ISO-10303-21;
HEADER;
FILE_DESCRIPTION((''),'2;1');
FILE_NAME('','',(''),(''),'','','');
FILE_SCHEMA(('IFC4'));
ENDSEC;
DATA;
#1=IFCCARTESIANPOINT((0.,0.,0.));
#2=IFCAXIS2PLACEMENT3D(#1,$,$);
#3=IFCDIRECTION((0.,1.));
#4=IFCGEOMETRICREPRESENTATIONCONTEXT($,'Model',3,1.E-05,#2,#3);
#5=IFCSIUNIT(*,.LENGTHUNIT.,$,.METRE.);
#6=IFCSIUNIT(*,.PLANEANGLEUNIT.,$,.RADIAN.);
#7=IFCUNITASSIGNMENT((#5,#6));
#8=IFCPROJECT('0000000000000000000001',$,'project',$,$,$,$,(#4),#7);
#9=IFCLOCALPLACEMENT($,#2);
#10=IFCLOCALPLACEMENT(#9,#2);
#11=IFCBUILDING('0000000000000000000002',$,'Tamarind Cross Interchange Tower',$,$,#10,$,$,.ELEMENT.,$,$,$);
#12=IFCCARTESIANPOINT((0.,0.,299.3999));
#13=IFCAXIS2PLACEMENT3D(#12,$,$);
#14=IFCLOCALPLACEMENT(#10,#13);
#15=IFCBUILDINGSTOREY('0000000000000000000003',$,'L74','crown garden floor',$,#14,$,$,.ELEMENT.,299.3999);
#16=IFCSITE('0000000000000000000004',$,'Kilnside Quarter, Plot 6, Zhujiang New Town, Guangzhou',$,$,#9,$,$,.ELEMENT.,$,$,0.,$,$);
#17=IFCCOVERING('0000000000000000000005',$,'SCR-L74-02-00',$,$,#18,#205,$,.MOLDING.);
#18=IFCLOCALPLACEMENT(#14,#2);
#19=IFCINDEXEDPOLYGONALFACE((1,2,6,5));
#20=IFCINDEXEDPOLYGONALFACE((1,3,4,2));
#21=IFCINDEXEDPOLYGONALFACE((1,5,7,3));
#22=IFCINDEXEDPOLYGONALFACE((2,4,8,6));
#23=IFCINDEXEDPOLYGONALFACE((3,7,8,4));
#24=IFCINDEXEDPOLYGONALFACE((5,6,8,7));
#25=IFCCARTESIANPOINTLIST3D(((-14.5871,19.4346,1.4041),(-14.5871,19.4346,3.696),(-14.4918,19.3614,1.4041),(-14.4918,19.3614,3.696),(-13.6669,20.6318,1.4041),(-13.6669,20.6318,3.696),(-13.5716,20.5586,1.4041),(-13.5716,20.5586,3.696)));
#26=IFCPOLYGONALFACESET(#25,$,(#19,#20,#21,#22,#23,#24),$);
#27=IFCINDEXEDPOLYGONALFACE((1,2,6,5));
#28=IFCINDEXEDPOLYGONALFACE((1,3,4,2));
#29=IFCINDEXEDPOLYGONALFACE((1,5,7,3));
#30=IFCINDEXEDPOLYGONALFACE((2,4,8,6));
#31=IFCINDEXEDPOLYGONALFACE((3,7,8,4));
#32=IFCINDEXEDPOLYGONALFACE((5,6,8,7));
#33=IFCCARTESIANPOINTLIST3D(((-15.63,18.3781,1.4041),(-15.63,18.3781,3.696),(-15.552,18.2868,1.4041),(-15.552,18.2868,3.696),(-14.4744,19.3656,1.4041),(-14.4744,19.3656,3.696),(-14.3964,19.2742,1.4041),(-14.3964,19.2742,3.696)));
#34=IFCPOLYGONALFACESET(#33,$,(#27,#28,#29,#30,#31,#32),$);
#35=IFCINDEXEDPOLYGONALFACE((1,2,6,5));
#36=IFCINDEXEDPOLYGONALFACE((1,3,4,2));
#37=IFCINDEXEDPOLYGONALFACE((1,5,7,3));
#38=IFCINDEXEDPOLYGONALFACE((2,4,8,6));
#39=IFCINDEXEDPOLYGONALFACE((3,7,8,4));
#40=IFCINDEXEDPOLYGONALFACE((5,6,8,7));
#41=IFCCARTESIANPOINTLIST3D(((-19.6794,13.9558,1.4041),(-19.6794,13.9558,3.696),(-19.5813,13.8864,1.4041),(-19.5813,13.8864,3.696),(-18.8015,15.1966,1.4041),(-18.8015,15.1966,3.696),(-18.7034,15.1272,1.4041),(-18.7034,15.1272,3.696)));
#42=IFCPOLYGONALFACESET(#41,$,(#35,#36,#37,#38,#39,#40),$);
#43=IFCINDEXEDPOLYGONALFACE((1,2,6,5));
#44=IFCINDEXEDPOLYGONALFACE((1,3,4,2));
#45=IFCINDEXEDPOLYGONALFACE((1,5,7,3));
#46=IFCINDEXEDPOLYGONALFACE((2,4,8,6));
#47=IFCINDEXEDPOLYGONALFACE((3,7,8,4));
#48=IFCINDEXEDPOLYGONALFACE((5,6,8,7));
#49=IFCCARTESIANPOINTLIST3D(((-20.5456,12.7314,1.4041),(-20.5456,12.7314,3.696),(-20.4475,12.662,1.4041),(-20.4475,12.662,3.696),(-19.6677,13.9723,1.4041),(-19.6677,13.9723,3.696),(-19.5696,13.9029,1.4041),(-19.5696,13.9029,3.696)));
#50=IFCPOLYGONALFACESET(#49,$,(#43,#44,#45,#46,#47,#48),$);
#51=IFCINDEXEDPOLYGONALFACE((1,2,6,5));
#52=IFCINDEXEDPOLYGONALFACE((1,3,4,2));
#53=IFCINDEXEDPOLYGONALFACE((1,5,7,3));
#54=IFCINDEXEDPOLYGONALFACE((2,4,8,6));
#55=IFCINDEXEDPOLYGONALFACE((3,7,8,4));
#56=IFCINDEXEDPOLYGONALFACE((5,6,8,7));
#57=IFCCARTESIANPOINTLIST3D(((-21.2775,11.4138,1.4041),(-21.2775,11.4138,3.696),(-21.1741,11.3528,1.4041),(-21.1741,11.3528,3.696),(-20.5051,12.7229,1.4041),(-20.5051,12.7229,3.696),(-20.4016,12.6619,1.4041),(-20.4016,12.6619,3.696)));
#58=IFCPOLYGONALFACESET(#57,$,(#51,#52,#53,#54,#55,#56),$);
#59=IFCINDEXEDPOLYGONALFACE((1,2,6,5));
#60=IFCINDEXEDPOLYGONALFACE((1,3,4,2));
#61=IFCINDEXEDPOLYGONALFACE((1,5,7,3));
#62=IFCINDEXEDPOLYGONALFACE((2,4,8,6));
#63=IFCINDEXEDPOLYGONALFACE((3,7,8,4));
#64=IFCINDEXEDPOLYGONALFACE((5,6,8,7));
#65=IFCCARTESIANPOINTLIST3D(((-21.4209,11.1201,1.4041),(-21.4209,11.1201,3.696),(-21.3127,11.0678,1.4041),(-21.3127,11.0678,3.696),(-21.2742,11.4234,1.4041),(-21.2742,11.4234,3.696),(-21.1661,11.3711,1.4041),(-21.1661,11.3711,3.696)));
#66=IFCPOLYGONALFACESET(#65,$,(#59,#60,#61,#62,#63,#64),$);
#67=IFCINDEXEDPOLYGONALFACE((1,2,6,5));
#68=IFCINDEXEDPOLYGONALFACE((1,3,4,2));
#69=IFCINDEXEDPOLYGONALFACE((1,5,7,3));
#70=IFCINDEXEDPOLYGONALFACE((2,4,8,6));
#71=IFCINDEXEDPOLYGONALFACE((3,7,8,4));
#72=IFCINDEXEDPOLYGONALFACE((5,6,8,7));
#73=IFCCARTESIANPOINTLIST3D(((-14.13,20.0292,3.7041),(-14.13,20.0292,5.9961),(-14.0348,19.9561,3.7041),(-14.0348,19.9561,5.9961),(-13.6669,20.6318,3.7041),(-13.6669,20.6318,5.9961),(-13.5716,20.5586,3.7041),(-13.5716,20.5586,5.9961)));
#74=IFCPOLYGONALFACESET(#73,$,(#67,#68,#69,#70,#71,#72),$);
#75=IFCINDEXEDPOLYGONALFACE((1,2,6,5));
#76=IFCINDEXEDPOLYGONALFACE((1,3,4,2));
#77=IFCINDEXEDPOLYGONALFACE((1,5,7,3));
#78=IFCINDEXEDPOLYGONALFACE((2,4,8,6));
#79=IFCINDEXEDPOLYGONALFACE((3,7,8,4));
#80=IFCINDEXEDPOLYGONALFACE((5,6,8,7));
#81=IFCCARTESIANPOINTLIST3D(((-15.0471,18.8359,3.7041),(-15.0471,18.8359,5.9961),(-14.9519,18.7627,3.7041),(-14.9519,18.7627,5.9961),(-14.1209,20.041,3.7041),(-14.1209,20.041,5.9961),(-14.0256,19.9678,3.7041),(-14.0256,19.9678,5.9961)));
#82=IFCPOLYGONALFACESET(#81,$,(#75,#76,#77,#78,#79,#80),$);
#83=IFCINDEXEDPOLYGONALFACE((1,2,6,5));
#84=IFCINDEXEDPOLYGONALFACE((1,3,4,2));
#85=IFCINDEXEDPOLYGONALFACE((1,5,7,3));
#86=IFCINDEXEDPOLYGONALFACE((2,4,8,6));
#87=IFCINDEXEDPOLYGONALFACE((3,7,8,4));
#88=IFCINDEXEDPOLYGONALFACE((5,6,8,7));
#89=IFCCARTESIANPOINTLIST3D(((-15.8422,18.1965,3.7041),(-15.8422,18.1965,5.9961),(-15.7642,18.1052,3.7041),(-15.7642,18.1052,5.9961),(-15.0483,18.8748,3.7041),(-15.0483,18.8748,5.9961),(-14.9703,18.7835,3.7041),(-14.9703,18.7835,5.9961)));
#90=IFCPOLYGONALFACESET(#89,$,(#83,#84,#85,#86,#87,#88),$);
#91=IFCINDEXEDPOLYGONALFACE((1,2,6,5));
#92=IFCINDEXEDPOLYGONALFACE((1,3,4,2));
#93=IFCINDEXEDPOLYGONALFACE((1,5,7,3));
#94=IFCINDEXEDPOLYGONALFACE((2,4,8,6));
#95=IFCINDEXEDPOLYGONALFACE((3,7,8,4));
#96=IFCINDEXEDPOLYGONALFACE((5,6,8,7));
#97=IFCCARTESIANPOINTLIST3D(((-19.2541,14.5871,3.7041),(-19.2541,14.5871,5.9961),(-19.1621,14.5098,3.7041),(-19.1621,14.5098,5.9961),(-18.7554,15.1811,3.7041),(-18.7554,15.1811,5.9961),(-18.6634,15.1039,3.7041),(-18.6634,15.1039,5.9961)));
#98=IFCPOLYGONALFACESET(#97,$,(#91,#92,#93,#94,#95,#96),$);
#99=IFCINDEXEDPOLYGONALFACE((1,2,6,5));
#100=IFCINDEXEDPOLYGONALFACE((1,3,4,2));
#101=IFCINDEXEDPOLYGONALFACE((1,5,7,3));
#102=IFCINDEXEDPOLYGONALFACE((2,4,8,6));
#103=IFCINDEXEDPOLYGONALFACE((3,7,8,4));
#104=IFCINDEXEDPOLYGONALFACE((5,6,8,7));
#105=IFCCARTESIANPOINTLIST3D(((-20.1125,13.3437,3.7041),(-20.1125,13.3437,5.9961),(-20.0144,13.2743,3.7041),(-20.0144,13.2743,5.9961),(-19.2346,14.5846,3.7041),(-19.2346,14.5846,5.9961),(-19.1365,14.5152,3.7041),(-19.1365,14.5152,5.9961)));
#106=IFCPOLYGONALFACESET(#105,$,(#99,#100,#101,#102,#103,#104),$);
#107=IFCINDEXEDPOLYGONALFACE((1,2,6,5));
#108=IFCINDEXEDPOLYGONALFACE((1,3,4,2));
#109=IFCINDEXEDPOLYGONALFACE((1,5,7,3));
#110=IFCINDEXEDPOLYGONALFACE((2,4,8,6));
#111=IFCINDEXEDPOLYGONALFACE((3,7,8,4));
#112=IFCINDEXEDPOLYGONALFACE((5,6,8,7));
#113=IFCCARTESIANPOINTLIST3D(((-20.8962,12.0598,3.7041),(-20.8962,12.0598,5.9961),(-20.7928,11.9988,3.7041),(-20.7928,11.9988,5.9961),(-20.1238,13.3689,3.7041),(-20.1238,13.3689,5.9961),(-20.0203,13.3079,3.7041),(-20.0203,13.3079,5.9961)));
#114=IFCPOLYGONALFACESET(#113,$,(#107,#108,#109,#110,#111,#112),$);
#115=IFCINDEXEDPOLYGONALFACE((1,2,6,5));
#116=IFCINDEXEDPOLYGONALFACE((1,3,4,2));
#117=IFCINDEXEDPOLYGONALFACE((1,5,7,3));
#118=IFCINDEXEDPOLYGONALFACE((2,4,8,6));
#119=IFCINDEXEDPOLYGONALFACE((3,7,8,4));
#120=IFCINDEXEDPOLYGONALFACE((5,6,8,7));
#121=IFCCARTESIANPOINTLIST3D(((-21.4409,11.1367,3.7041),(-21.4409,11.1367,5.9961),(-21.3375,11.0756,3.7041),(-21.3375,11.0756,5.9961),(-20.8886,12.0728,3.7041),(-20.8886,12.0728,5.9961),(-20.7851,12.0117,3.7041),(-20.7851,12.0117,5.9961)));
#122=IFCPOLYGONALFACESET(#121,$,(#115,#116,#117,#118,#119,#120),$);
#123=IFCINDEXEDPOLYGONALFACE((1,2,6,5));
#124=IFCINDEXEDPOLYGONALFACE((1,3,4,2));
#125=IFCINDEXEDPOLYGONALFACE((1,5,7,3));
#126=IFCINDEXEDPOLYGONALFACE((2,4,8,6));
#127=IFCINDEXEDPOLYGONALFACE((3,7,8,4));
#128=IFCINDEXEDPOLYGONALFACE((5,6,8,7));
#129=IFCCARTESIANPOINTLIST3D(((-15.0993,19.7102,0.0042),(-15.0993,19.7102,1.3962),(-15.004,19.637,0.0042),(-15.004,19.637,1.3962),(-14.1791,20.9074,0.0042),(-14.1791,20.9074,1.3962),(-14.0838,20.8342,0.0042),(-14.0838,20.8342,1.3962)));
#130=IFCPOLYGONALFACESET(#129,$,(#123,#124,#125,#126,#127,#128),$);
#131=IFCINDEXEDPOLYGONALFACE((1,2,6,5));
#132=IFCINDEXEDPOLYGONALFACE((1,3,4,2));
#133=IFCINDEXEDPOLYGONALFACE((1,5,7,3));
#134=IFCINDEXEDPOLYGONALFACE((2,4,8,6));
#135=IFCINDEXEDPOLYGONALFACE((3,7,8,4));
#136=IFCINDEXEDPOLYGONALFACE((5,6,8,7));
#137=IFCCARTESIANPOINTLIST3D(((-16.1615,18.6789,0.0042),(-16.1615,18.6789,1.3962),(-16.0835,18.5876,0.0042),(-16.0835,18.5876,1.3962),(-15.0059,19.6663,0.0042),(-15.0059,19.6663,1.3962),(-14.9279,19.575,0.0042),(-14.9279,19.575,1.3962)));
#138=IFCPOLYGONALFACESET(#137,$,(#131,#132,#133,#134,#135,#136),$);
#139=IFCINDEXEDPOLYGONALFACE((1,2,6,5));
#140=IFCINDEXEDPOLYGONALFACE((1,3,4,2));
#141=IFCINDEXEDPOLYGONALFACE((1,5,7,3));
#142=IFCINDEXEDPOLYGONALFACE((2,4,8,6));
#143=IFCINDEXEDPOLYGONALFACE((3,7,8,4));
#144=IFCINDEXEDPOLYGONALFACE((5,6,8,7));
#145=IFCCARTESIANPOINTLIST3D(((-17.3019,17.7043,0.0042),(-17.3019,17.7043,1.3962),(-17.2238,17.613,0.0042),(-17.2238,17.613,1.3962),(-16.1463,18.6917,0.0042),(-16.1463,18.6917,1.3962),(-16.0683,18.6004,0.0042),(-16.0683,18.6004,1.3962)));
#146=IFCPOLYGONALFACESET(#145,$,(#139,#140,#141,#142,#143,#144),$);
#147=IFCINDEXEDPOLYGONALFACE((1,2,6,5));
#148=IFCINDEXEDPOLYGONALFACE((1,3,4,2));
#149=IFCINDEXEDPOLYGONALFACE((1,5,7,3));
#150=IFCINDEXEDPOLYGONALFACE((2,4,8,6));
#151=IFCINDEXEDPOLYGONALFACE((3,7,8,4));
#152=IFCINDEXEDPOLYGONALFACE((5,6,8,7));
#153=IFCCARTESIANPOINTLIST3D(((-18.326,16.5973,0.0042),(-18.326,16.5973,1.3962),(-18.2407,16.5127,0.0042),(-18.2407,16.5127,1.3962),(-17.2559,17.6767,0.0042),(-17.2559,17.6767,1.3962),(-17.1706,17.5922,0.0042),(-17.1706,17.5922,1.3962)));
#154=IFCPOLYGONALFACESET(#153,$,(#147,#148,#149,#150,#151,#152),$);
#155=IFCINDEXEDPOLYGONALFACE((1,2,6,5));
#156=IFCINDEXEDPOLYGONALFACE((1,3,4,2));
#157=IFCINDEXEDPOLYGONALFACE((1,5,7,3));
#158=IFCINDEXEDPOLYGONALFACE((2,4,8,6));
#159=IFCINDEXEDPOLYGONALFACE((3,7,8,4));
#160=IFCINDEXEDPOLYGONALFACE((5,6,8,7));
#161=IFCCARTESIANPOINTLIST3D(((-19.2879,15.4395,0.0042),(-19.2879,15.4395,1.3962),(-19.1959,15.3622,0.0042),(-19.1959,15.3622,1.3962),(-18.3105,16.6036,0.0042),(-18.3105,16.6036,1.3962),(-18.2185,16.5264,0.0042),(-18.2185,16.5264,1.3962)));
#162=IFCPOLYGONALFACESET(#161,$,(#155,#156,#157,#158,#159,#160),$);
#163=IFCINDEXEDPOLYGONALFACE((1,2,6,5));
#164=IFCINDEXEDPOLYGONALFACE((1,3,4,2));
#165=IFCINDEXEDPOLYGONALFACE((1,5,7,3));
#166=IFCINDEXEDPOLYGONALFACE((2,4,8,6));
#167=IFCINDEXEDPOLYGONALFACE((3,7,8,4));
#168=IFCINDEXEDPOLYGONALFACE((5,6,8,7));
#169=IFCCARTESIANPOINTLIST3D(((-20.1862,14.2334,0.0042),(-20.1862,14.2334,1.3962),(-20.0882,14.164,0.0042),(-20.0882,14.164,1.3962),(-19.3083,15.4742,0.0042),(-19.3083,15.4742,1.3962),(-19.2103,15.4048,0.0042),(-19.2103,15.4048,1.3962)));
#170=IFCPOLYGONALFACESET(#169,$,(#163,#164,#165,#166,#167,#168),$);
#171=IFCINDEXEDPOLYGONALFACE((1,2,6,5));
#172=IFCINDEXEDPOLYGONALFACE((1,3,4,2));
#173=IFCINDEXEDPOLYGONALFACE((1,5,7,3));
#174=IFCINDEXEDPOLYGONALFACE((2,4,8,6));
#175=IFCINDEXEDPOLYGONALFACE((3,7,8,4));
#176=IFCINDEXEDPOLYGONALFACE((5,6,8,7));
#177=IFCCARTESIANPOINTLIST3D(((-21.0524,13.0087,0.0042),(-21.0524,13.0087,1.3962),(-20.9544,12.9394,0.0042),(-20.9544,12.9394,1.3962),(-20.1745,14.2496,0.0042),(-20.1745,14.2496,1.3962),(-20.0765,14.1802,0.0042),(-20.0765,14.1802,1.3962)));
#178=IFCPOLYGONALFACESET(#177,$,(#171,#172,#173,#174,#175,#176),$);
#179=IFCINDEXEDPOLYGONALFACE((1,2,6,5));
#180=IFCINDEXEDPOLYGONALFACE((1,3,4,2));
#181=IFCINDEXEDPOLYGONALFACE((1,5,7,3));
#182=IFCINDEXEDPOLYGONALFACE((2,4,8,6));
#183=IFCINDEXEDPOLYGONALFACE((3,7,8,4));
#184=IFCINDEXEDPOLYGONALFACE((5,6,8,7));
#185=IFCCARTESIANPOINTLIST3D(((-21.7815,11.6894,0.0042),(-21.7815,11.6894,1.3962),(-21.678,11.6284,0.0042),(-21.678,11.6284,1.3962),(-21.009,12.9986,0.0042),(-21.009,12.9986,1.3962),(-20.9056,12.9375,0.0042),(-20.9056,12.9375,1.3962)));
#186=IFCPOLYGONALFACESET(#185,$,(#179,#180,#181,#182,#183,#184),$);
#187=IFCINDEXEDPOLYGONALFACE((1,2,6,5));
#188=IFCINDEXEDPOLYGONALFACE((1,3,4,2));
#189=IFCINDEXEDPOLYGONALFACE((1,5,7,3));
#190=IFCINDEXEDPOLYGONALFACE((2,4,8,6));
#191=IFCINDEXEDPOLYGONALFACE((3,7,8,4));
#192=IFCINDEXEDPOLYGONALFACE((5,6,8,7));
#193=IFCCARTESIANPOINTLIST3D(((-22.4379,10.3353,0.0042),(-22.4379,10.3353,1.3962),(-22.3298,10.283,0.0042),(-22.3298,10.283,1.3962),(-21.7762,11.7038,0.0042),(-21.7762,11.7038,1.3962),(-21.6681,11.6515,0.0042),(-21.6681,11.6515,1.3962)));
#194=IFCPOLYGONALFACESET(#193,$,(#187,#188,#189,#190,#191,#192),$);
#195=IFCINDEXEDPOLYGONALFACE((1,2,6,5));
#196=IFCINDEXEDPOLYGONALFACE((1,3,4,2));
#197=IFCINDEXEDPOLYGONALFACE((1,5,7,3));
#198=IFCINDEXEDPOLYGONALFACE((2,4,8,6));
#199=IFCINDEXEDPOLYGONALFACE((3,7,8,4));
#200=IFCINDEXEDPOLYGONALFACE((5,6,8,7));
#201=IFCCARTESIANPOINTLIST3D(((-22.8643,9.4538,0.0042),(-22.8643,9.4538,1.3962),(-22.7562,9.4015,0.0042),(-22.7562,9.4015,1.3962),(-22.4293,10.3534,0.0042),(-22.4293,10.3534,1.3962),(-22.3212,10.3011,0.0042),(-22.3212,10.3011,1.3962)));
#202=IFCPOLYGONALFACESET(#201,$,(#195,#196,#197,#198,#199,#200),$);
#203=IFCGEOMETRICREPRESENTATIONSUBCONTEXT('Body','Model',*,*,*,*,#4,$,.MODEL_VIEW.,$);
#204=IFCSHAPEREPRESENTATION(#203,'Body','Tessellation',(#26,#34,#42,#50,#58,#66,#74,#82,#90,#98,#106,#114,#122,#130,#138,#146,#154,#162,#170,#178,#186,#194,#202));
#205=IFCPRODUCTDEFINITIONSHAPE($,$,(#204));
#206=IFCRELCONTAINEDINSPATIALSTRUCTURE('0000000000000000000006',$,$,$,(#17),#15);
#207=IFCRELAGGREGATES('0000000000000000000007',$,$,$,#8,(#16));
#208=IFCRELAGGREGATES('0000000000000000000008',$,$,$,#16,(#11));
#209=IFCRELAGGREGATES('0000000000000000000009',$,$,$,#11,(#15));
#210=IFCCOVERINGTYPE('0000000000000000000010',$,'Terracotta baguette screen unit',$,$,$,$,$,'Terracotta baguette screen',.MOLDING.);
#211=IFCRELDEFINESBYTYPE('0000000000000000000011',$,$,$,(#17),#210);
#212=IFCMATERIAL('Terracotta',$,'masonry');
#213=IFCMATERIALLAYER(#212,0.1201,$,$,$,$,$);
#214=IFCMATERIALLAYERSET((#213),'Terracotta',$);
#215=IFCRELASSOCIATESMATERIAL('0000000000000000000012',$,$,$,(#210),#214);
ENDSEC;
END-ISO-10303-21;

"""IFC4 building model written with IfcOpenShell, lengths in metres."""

from ifc_helpers import new_model, si_unit, direction, frame, origin, origin_2d, place, context, subcontext, project, spatial, rectangle, extrude, material, layer, layer_set, type_object, element, save


model = new_model("IFC4")

# Units and contexts
model_context = context("Model", 3, precision=1e-05, world=origin(), true_north=direction((0.0, 1.0)))
body_context = subcontext(model_context, "Body", "Model", "MODEL_VIEW")
ifc_project = project(units=[si_unit("LENGTHUNIT", "METRE"), si_unit("PLANEANGLEUNIT", "RADIAN")], contexts=[model_context])

# Site, building, storey
site_placement = place(None, origin())
site = spatial("IfcSite", under=ifc_project, at=site_placement, Name="Kilnside Quarter, Plot 6, Zhujiang New Town, Guangzhou", CompositionType="ELEMENT", RefElevation=0.0)
building_placement = place(site_placement, origin())
building = spatial("IfcBuilding", under=site, at=building_placement, Name="Tamarind Cross Interchange Tower", CompositionType="ELEMENT")
storey_placement = place(building_placement, frame((0.0, 0.0, 299.3999)))
storey = spatial("IfcBuildingStorey", under=building, at=storey_placement, Name="L74", Description="crown garden floor", CompositionType="ELEMENT", Elevation=299.3999)

# Covering
ifc_material_1 = material(Name="Terracotta", Category="masonry")
ifc_layer_1 = layer(ifc_material_1, 0.1201)
ifc_layer_set_1 = layer_set([ifc_layer_1], Name="Terracotta")
covering_type = type_object("IfcCoveringType", Name="Terracotta baguette screen unit", ElementType="Terracotta baguette screen", PredefinedType="MOLDING", material=ifc_layer_set_1)
covering_1_placement = place(storey_placement, origin())
element("IfcCovering", 1, at=covering_1_placement, inside=storey, type_object=covering_type, Name="SCR-L74-02-00", PredefinedType="MOLDING", context=body_context, shape_type="SweptSolid", body=[
    extrude(rectangle(XDim=1.51, YDim=0.1201, at=origin_2d()), frame((-14.0793, 19.9966, 1.4041), z_axis=(0.0, 0.0, 1.0), x_axis=(-0.609386, -0.792874, 0.0)), (0.0, 0.0, 1.0), 2.292),
    extrude(rectangle(XDim=1.52, YDim=0.1201, at=origin_2d()), frame((-15.0132, 18.8262, 1.4041), z_axis=(0.0, 0.0, 1.0), x_axis=(-0.760243, -0.649639, 0.0)), (0.0, 0.0, 1.0), 2.292),
    extrude(rectangle(XDim=1.52, YDim=0.1201, at=origin_2d()), frame((-19.1914, 14.5415, 1.4041), z_axis=(0.0, 0.0, 1.0), x_axis=(-0.577569, -0.816342, 0.0)), (0.0, 0.0, 1.0), 2.292),
    extrude(rectangle(XDim=1.52, YDim=0.1201, at=origin_2d()), frame((-20.0576, 13.3171, 1.4041), z_axis=(0.0, 0.0, 1.0), x_axis=(-0.577569, -0.816342, 0.0)), (0.0, 0.0, 1.0), 2.292),
    extrude(rectangle(XDim=1.52, YDim=0.1201, at=origin_2d()), frame((-20.8396, 12.0378, 1.4041), z_axis=(0.0, 0.0, 1.0), x_axis=(-0.508183, -0.861249, 0.0)), (0.0, 0.0, 1.0), 2.292),
    extrude(rectangle(XDim=0.3369, YDim=0.1201, at=origin_2d()), frame((-21.2935, 11.2456, 1.4041), z_axis=(0.0, 0.0, 1.0), x_axis=(-0.435326, -0.900273, 0.0)), (0.0, 0.0, 1.0), 2.292),
    extrude(rectangle(XDim=0.76, YDim=0.1201, at=origin_2d()), frame((-13.8508, 20.2939, 3.7041), z_axis=(0.0, 0.0, 1.0), x_axis=(-0.609386, -0.792874, 0.0)), (0.0, 0.0, 1.0), 2.292),
    extrude(rectangle(XDim=1.52, YDim=0.1201, at=origin_2d()), frame((-14.5364, 19.4019, 3.7041), z_axis=(0.0, 0.0, 1.0), x_axis=(-0.609386, -0.792874, 0.0)), (0.0, 0.0, 1.0), 2.292),
    extrude(rectangle(XDim=1.0442, YDim=0.1201, at=origin_2d()), frame((-15.4062, 18.49, 3.7041), z_axis=(0.0, 0.0, 1.0), x_axis=(-0.760243, -0.649639, 0.0)), (0.0, 0.0, 1.0), 2.292),
    extrude(rectangle(XDim=0.7756, YDim=0.1201, at=origin_2d()), frame((-18.9587, 14.8455, 3.7041), z_axis=(0.0, 0.0, 1.0), x_axis=(-0.643009, -0.765858, 0.0)), (0.0, 0.0, 1.0), 2.292),
    extrude(rectangle(XDim=1.52, YDim=0.1201, at=origin_2d()), frame((-19.6245, 13.9294, 3.7041), z_axis=(0.0, 0.0, 1.0), x_axis=(-0.577569, -0.816342, 0.0)), (0.0, 0.0, 1.0), 2.292),
    extrude(rectangle(XDim=1.52, YDim=0.1201, at=origin_2d()), frame((-20.4583, 12.6838, 3.7041), z_axis=(0.0, 0.0, 1.0), x_axis=(-0.508183, -0.861249, 0.0)), (0.0, 0.0, 1.0), 2.292),
    extrude(rectangle(XDim=1.0869, YDim=0.1201, at=origin_2d()), frame((-21.113, 11.5742, 3.7041), z_axis=(0.0, 0.0, 1.0), x_axis=(-0.508183, -0.861249, 0.0)), (0.0, 0.0, 1.0), 2.292),
    extrude(rectangle(XDim=1.51, YDim=0.1201, at=origin_2d()), frame((-14.5916, 20.2722, 0.0042), z_axis=(0.0, 0.0, 1.0), x_axis=(-0.609386, -0.792874, 0.0)), (0.0, 0.0, 1.0), 1.3921),
    extrude(rectangle(XDim=1.52, YDim=0.1201, at=origin_2d()), frame((-15.5447, 19.127, 0.0042), z_axis=(0.0, 0.0, 1.0), x_axis=(-0.760243, -0.649639, 0.0)), (0.0, 0.0, 1.0), 1.3921),
    extrude(rectangle(XDim=1.52, YDim=0.1201, at=origin_2d()), frame((-16.6851, 18.1523, 0.0042), z_axis=(0.0, 0.0, 1.0), x_axis=(-0.760243, -0.649639, 0.0)), (0.0, 0.0, 1.0), 1.3921),
    extrude(rectangle(XDim=1.52, YDim=0.1201, at=origin_2d()), frame((-17.7483, 17.0947, 0.0042), z_axis=(0.0, 0.0, 1.0), x_axis=(-0.704057, -0.710143, 0.0)), (0.0, 0.0, 1.0), 1.3921),
    extrude(rectangle(XDim=1.52, YDim=0.1201, at=origin_2d()), frame((-18.7532, 15.9829, 0.0042), z_axis=(0.0, 0.0, 1.0), x_axis=(-0.643009, -0.765858, 0.0)), (0.0, 0.0, 1.0), 1.3921),
    extrude(rectangle(XDim=1.52, YDim=0.1201, at=origin_2d()), frame((-19.6982, 14.8191, 0.0042), z_axis=(0.0, 0.0, 1.0), x_axis=(-0.577569, -0.816342, 0.0)), (0.0, 0.0, 1.0), 1.3921),
    extrude(rectangle(XDim=1.52, YDim=0.1201, at=origin_2d()), frame((-20.5645, 13.5945, 0.0042), z_axis=(0.0, 0.0, 1.0), x_axis=(-0.577569, -0.816342, 0.0)), (0.0, 0.0, 1.0), 1.3921),
    extrude(rectangle(XDim=1.52, YDim=0.1201, at=origin_2d()), frame((-21.3435, 12.3135, 0.0042), z_axis=(0.0, 0.0, 1.0), x_axis=(-0.508183, -0.861249, 0.0)), (0.0, 0.0, 1.0), 1.3921),
    extrude(rectangle(XDim=1.52, YDim=0.1201, at=origin_2d()), frame((-22.053, 10.9934, 0.0042), z_axis=(0.0, 0.0, 1.0), x_axis=(-0.435326, -0.900273, 0.0)), (0.0, 0.0, 1.0), 1.3921),
    extrude(rectangle(XDim=0.9993, YDim=0.1201, at=origin_2d()), frame((-22.5928, 9.8774, 0.0042), z_axis=(0.0, 0.0, 1.0), x_axis=(-0.435326, -0.900273, 0.0)), (0.0, 0.0, 1.0), 1.3921),
])

save(model, "model.ifc")
